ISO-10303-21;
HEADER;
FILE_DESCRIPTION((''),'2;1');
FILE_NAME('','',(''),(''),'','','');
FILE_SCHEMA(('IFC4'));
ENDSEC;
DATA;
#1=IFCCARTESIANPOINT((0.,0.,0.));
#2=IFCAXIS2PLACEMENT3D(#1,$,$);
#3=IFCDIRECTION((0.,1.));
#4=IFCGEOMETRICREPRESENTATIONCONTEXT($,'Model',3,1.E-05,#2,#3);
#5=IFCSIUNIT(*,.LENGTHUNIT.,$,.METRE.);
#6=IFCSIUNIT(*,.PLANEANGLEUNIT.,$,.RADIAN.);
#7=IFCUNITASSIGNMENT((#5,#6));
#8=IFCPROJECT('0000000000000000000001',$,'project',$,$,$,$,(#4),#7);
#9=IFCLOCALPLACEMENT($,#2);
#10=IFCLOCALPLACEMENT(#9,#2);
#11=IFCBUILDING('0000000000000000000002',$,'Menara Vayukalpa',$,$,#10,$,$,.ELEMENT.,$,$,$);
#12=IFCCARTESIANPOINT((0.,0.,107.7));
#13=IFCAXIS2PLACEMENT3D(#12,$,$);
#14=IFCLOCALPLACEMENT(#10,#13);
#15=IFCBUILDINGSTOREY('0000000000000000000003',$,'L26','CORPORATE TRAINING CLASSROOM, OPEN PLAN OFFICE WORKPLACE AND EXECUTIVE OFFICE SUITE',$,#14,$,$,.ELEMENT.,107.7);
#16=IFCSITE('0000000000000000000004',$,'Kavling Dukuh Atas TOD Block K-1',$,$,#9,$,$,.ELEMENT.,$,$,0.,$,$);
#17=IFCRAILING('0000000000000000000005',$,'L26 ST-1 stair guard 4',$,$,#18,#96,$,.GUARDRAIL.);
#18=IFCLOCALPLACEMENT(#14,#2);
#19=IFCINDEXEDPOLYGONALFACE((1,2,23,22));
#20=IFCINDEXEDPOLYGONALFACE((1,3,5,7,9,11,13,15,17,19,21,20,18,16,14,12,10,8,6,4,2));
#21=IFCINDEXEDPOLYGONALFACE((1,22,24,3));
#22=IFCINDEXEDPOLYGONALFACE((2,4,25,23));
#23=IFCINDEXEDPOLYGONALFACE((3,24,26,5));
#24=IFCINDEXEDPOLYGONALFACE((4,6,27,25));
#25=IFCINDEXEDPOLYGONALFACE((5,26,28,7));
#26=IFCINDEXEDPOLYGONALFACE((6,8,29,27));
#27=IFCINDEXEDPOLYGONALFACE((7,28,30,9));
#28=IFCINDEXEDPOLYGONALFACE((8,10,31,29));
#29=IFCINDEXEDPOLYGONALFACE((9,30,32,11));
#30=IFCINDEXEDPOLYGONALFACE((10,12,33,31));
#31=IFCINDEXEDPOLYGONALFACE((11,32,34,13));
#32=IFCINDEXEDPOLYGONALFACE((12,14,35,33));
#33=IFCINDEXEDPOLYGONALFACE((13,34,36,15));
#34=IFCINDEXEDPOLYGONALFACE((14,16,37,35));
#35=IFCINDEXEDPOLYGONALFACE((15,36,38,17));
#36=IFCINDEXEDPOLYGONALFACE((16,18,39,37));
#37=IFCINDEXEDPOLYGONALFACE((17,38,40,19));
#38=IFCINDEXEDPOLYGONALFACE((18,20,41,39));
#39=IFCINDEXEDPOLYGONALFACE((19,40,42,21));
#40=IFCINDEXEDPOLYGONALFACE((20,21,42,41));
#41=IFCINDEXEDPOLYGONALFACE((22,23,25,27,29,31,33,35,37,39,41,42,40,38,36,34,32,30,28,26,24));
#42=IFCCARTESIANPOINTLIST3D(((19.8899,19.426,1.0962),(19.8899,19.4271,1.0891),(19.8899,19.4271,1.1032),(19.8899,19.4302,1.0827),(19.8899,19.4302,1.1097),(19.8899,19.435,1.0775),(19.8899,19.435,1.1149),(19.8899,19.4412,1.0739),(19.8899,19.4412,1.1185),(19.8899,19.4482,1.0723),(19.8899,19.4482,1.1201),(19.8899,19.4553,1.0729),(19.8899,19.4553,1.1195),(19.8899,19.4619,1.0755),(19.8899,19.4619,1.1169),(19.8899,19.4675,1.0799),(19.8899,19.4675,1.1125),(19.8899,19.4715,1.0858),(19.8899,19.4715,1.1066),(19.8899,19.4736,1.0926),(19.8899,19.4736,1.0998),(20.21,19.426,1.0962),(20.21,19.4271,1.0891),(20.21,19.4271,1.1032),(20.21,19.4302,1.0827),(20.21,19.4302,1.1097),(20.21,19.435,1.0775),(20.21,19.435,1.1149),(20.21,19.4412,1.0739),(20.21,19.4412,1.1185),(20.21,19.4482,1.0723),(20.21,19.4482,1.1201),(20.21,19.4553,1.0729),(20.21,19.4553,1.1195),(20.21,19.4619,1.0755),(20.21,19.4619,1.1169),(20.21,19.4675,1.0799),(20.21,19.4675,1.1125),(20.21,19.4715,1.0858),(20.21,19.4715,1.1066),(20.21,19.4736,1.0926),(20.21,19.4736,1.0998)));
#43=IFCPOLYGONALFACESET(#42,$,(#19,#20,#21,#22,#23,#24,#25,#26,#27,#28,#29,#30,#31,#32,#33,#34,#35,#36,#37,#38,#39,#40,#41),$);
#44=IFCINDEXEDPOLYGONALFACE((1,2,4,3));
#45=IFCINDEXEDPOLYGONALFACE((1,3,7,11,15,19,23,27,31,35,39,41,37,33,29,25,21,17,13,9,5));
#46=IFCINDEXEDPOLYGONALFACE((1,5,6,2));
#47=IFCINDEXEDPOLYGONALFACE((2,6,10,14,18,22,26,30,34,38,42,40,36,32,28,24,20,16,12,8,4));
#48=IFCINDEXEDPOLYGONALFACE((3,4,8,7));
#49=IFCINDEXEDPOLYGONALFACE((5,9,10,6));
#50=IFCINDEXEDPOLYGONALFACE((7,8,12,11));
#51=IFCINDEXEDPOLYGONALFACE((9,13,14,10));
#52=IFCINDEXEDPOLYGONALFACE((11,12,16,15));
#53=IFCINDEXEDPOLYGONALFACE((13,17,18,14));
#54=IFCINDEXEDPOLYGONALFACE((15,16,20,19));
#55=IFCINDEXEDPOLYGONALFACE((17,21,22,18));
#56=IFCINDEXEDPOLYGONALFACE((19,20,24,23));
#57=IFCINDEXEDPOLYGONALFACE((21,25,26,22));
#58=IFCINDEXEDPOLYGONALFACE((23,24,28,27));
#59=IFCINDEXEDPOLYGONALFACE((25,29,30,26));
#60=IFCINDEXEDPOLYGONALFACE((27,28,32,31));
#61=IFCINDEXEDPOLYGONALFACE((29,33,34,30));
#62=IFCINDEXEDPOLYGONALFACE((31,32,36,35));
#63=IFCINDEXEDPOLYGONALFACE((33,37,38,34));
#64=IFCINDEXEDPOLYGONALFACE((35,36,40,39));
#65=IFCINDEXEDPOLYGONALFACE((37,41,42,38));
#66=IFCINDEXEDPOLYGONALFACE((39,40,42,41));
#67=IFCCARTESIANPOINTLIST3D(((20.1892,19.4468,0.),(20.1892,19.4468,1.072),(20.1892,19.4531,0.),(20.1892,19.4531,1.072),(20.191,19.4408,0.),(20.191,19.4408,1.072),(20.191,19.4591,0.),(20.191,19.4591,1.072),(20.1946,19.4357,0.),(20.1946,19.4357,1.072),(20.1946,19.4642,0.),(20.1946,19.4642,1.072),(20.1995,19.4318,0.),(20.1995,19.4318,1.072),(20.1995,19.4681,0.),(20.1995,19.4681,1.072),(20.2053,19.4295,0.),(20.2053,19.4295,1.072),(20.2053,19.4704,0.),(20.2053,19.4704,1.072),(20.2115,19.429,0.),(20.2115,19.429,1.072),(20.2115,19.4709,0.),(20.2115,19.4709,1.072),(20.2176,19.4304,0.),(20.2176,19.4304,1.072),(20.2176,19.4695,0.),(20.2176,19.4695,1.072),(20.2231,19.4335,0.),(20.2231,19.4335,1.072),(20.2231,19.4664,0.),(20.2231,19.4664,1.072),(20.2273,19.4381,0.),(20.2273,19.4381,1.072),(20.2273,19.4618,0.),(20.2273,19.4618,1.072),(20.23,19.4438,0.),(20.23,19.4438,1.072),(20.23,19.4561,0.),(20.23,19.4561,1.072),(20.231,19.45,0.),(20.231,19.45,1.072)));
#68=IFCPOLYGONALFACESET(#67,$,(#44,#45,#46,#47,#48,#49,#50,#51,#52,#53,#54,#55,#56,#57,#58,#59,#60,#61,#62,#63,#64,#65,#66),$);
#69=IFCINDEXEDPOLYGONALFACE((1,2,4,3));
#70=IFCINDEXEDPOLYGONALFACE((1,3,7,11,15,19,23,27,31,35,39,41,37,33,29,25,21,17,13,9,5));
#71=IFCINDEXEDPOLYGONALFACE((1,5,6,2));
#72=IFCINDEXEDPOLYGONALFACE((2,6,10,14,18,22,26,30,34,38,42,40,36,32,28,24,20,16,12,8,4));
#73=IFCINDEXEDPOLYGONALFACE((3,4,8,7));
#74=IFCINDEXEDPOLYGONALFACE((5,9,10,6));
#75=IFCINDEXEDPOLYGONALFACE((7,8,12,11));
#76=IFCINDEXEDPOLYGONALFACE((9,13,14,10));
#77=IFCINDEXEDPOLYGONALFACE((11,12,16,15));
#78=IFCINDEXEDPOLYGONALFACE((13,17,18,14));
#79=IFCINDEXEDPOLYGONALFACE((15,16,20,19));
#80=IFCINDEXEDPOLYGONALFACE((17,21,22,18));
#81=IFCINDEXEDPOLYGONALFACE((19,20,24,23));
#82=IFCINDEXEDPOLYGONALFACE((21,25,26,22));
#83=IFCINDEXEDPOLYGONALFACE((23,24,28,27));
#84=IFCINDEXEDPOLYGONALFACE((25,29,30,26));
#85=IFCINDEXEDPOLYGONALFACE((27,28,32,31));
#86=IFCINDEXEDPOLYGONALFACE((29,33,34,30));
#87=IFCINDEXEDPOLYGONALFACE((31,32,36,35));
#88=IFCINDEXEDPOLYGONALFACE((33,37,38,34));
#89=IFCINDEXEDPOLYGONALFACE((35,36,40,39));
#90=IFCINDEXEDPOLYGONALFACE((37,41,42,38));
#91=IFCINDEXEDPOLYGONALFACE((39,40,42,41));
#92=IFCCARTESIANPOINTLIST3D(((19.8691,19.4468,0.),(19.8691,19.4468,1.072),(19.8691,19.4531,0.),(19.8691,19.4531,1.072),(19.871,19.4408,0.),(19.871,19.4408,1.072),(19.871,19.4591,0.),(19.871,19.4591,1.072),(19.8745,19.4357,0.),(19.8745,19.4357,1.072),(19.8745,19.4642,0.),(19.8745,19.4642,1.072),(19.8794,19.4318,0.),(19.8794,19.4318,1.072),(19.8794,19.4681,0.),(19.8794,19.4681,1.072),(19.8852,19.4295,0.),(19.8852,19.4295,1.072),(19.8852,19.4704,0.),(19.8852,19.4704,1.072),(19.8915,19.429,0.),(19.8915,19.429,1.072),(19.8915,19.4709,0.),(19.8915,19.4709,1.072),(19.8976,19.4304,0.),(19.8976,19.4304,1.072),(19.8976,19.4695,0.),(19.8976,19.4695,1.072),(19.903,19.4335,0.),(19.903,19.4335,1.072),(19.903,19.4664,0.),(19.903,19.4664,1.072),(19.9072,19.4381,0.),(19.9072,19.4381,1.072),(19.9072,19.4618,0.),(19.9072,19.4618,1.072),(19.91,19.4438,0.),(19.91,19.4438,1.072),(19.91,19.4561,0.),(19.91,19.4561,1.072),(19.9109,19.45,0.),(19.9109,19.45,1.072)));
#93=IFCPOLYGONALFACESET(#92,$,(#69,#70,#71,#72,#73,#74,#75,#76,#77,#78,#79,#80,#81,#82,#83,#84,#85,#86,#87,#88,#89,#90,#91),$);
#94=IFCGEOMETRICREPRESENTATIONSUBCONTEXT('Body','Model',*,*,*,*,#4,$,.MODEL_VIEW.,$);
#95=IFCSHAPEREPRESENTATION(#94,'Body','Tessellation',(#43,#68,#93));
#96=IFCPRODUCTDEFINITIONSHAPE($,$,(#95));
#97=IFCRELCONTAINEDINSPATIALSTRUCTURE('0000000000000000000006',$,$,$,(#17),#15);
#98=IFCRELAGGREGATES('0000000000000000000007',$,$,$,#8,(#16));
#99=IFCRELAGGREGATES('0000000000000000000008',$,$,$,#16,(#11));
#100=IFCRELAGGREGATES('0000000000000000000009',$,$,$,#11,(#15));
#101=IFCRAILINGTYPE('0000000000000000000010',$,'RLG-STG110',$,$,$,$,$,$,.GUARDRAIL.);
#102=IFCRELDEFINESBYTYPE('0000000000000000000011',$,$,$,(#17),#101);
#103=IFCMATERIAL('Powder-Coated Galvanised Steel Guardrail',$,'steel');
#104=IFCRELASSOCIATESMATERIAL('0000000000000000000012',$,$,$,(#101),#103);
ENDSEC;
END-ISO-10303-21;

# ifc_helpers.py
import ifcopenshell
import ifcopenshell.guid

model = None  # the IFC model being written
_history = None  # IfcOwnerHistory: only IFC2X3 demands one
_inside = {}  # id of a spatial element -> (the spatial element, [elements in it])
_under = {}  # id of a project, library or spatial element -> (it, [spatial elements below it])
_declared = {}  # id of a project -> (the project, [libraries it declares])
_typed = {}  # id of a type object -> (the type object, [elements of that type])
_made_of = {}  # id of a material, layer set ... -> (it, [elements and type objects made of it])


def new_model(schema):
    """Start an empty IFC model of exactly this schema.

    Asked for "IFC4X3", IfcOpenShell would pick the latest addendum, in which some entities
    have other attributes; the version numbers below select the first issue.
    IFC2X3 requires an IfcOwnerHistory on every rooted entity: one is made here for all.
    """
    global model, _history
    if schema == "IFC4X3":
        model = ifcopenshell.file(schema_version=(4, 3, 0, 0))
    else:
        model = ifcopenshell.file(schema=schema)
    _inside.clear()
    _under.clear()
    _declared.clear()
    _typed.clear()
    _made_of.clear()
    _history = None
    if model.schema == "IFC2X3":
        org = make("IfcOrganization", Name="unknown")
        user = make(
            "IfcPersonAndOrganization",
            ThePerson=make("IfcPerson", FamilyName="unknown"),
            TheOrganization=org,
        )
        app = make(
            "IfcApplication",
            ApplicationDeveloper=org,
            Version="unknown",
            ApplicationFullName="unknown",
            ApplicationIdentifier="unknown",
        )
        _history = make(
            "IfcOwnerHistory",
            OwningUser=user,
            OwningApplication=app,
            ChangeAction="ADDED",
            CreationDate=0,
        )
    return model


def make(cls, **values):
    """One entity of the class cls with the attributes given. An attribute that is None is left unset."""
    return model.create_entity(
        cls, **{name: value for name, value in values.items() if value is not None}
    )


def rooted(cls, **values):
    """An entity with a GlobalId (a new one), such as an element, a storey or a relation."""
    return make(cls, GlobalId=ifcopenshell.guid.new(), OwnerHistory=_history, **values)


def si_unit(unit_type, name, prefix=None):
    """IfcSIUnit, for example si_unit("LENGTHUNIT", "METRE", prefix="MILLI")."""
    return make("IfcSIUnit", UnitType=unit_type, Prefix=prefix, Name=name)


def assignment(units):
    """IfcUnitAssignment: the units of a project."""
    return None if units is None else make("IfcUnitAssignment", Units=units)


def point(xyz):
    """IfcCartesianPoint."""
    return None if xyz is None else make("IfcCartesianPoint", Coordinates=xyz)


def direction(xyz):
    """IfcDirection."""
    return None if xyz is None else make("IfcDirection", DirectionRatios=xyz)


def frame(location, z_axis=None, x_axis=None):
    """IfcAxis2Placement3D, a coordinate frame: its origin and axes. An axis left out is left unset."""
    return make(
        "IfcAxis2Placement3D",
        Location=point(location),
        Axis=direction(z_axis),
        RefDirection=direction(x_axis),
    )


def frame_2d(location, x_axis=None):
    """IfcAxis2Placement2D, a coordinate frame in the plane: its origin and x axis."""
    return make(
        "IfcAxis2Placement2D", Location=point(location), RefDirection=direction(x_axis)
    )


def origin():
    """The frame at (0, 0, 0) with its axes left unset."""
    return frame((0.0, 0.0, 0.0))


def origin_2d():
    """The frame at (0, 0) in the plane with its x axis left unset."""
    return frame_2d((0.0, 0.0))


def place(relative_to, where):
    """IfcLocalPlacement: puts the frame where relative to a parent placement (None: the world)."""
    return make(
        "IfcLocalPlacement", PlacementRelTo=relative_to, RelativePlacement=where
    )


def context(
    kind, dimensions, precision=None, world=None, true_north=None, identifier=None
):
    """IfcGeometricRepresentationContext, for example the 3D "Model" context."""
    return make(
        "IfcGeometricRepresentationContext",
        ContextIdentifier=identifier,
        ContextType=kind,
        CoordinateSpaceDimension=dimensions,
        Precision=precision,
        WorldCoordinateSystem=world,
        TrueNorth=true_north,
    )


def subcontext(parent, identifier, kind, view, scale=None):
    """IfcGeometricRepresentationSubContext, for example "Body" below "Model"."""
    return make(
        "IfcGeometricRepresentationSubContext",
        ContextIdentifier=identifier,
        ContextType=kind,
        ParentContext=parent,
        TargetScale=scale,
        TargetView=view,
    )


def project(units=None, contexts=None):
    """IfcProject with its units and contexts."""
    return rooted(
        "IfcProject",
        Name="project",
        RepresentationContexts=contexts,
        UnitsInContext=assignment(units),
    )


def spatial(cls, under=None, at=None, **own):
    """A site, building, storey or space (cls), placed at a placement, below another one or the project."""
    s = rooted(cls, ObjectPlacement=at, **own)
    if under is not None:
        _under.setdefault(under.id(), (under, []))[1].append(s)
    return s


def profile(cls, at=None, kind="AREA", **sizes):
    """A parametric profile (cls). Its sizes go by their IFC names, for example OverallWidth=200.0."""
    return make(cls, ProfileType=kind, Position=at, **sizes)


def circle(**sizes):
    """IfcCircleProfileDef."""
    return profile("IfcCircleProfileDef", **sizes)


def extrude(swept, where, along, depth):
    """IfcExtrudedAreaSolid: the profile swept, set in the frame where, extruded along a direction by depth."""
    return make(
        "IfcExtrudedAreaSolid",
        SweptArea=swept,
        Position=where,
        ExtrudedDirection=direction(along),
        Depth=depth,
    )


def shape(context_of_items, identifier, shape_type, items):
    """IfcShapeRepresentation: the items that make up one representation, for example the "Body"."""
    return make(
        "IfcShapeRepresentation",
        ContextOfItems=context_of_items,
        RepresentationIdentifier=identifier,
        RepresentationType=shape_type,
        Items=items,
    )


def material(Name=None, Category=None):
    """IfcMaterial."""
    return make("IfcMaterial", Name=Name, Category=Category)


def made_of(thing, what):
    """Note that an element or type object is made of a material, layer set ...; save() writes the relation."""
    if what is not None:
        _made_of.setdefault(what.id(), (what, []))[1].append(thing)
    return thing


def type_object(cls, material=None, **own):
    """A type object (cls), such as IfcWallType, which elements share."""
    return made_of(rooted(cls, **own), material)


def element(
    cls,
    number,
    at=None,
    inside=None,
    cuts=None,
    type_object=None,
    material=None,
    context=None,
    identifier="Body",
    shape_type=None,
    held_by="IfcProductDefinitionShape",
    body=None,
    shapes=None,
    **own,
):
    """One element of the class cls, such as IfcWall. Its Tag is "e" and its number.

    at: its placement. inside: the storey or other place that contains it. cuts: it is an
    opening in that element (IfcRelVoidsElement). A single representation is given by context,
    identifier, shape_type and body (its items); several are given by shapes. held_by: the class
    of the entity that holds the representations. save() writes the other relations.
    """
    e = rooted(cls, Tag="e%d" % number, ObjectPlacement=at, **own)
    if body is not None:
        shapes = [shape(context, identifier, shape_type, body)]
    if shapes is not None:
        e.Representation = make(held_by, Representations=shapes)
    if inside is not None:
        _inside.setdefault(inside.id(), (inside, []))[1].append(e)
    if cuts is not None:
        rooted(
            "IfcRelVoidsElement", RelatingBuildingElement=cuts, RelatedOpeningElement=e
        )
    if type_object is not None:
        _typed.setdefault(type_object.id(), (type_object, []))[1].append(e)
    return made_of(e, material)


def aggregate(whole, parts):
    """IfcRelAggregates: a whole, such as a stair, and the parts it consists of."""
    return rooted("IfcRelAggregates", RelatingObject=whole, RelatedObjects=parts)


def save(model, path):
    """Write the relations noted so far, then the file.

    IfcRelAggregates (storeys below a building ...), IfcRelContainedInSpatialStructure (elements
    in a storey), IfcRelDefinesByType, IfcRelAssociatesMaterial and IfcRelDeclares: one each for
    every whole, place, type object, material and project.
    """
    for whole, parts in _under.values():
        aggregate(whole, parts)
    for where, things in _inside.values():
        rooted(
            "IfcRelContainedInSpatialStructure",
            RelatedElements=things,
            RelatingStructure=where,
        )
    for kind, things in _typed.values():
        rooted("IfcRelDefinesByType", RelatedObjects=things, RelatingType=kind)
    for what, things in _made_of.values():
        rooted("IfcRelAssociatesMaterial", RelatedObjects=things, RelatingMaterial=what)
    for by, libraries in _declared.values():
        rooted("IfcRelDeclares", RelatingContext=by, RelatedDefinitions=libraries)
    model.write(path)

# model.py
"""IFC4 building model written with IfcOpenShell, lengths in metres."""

from ifc_helpers import new_model, si_unit, direction, frame, origin, origin_2d, place, context, subcontext, project, spatial, circle, extrude, material, type_object, element, save


model = new_model("IFC4")

# Units and contexts
model_context = context("Model", 3, precision=1e-05, world=origin(), true_north=direction((0.0, 1.0)))
body_context = subcontext(model_context, "Body", "Model", "MODEL_VIEW")
ifc_project = project(units=[si_unit("LENGTHUNIT", "METRE"), si_unit("PLANEANGLEUNIT", "RADIAN")], contexts=[model_context])

# Site, building, storey
site_placement = place(None, origin())
site = spatial("IfcSite", under=ifc_project, at=site_placement, Name="Kavling Dukuh Atas TOD Block K-1", CompositionType="ELEMENT", RefElevation=0.0)
building_placement = place(site_placement, origin())
building = spatial("IfcBuilding", under=site, at=building_placement, Name="Menara Vayukalpa", CompositionType="ELEMENT")
storey_placement = place(building_placement, frame((0.0, 0.0, 107.7)))
storey = spatial("IfcBuildingStorey", under=building, at=storey_placement, Name="L26", Description="CORPORATE TRAINING CLASSROOM, OPEN PLAN OFFICE WORKPLACE AND EXECUTIVE OFFICE SUITE", CompositionType="ELEMENT", Elevation=107.7)

# Railing
ifc_material_1 = material(Name="Powder-Coated Galvanised Steel Guardrail", Category="steel")
railing_type_1 = type_object("IfcRailingType", Name="RLG-STG110", PredefinedType="GUARDRAIL", material=ifc_material_1)
railing_1_placement = place(storey_placement, frame((20.21, 19.45, 0.0)))
element("IfcRailing", 1, at=railing_1_placement, inside=storey, type_object=railing_type_1, Name="L26 ST-1 stair guard 4", PredefinedType="GUARDRAIL", context=body_context, shape_type="SweptSolid", body=[
    extrude(circle(Radius=0.0239, at=origin_2d()), frame((0.0, 0.0, 1.0962), z_axis=(-1.0, 0.0, 0.0), x_axis=(0.0, -1.0, 0.0)), (0.0, 0.0, 1.0), 0.3201),
    extrude(circle(Radius=0.021, at=origin_2d()), origin(), (0.0, 0.0, 1.0), 1.072),
    extrude(circle(Radius=0.021, at=origin_2d()), frame((-0.3201, 0.0, 0.0)), (0.0, 0.0, 1.0), 1.072),
])

save(model, "model.ifc")
